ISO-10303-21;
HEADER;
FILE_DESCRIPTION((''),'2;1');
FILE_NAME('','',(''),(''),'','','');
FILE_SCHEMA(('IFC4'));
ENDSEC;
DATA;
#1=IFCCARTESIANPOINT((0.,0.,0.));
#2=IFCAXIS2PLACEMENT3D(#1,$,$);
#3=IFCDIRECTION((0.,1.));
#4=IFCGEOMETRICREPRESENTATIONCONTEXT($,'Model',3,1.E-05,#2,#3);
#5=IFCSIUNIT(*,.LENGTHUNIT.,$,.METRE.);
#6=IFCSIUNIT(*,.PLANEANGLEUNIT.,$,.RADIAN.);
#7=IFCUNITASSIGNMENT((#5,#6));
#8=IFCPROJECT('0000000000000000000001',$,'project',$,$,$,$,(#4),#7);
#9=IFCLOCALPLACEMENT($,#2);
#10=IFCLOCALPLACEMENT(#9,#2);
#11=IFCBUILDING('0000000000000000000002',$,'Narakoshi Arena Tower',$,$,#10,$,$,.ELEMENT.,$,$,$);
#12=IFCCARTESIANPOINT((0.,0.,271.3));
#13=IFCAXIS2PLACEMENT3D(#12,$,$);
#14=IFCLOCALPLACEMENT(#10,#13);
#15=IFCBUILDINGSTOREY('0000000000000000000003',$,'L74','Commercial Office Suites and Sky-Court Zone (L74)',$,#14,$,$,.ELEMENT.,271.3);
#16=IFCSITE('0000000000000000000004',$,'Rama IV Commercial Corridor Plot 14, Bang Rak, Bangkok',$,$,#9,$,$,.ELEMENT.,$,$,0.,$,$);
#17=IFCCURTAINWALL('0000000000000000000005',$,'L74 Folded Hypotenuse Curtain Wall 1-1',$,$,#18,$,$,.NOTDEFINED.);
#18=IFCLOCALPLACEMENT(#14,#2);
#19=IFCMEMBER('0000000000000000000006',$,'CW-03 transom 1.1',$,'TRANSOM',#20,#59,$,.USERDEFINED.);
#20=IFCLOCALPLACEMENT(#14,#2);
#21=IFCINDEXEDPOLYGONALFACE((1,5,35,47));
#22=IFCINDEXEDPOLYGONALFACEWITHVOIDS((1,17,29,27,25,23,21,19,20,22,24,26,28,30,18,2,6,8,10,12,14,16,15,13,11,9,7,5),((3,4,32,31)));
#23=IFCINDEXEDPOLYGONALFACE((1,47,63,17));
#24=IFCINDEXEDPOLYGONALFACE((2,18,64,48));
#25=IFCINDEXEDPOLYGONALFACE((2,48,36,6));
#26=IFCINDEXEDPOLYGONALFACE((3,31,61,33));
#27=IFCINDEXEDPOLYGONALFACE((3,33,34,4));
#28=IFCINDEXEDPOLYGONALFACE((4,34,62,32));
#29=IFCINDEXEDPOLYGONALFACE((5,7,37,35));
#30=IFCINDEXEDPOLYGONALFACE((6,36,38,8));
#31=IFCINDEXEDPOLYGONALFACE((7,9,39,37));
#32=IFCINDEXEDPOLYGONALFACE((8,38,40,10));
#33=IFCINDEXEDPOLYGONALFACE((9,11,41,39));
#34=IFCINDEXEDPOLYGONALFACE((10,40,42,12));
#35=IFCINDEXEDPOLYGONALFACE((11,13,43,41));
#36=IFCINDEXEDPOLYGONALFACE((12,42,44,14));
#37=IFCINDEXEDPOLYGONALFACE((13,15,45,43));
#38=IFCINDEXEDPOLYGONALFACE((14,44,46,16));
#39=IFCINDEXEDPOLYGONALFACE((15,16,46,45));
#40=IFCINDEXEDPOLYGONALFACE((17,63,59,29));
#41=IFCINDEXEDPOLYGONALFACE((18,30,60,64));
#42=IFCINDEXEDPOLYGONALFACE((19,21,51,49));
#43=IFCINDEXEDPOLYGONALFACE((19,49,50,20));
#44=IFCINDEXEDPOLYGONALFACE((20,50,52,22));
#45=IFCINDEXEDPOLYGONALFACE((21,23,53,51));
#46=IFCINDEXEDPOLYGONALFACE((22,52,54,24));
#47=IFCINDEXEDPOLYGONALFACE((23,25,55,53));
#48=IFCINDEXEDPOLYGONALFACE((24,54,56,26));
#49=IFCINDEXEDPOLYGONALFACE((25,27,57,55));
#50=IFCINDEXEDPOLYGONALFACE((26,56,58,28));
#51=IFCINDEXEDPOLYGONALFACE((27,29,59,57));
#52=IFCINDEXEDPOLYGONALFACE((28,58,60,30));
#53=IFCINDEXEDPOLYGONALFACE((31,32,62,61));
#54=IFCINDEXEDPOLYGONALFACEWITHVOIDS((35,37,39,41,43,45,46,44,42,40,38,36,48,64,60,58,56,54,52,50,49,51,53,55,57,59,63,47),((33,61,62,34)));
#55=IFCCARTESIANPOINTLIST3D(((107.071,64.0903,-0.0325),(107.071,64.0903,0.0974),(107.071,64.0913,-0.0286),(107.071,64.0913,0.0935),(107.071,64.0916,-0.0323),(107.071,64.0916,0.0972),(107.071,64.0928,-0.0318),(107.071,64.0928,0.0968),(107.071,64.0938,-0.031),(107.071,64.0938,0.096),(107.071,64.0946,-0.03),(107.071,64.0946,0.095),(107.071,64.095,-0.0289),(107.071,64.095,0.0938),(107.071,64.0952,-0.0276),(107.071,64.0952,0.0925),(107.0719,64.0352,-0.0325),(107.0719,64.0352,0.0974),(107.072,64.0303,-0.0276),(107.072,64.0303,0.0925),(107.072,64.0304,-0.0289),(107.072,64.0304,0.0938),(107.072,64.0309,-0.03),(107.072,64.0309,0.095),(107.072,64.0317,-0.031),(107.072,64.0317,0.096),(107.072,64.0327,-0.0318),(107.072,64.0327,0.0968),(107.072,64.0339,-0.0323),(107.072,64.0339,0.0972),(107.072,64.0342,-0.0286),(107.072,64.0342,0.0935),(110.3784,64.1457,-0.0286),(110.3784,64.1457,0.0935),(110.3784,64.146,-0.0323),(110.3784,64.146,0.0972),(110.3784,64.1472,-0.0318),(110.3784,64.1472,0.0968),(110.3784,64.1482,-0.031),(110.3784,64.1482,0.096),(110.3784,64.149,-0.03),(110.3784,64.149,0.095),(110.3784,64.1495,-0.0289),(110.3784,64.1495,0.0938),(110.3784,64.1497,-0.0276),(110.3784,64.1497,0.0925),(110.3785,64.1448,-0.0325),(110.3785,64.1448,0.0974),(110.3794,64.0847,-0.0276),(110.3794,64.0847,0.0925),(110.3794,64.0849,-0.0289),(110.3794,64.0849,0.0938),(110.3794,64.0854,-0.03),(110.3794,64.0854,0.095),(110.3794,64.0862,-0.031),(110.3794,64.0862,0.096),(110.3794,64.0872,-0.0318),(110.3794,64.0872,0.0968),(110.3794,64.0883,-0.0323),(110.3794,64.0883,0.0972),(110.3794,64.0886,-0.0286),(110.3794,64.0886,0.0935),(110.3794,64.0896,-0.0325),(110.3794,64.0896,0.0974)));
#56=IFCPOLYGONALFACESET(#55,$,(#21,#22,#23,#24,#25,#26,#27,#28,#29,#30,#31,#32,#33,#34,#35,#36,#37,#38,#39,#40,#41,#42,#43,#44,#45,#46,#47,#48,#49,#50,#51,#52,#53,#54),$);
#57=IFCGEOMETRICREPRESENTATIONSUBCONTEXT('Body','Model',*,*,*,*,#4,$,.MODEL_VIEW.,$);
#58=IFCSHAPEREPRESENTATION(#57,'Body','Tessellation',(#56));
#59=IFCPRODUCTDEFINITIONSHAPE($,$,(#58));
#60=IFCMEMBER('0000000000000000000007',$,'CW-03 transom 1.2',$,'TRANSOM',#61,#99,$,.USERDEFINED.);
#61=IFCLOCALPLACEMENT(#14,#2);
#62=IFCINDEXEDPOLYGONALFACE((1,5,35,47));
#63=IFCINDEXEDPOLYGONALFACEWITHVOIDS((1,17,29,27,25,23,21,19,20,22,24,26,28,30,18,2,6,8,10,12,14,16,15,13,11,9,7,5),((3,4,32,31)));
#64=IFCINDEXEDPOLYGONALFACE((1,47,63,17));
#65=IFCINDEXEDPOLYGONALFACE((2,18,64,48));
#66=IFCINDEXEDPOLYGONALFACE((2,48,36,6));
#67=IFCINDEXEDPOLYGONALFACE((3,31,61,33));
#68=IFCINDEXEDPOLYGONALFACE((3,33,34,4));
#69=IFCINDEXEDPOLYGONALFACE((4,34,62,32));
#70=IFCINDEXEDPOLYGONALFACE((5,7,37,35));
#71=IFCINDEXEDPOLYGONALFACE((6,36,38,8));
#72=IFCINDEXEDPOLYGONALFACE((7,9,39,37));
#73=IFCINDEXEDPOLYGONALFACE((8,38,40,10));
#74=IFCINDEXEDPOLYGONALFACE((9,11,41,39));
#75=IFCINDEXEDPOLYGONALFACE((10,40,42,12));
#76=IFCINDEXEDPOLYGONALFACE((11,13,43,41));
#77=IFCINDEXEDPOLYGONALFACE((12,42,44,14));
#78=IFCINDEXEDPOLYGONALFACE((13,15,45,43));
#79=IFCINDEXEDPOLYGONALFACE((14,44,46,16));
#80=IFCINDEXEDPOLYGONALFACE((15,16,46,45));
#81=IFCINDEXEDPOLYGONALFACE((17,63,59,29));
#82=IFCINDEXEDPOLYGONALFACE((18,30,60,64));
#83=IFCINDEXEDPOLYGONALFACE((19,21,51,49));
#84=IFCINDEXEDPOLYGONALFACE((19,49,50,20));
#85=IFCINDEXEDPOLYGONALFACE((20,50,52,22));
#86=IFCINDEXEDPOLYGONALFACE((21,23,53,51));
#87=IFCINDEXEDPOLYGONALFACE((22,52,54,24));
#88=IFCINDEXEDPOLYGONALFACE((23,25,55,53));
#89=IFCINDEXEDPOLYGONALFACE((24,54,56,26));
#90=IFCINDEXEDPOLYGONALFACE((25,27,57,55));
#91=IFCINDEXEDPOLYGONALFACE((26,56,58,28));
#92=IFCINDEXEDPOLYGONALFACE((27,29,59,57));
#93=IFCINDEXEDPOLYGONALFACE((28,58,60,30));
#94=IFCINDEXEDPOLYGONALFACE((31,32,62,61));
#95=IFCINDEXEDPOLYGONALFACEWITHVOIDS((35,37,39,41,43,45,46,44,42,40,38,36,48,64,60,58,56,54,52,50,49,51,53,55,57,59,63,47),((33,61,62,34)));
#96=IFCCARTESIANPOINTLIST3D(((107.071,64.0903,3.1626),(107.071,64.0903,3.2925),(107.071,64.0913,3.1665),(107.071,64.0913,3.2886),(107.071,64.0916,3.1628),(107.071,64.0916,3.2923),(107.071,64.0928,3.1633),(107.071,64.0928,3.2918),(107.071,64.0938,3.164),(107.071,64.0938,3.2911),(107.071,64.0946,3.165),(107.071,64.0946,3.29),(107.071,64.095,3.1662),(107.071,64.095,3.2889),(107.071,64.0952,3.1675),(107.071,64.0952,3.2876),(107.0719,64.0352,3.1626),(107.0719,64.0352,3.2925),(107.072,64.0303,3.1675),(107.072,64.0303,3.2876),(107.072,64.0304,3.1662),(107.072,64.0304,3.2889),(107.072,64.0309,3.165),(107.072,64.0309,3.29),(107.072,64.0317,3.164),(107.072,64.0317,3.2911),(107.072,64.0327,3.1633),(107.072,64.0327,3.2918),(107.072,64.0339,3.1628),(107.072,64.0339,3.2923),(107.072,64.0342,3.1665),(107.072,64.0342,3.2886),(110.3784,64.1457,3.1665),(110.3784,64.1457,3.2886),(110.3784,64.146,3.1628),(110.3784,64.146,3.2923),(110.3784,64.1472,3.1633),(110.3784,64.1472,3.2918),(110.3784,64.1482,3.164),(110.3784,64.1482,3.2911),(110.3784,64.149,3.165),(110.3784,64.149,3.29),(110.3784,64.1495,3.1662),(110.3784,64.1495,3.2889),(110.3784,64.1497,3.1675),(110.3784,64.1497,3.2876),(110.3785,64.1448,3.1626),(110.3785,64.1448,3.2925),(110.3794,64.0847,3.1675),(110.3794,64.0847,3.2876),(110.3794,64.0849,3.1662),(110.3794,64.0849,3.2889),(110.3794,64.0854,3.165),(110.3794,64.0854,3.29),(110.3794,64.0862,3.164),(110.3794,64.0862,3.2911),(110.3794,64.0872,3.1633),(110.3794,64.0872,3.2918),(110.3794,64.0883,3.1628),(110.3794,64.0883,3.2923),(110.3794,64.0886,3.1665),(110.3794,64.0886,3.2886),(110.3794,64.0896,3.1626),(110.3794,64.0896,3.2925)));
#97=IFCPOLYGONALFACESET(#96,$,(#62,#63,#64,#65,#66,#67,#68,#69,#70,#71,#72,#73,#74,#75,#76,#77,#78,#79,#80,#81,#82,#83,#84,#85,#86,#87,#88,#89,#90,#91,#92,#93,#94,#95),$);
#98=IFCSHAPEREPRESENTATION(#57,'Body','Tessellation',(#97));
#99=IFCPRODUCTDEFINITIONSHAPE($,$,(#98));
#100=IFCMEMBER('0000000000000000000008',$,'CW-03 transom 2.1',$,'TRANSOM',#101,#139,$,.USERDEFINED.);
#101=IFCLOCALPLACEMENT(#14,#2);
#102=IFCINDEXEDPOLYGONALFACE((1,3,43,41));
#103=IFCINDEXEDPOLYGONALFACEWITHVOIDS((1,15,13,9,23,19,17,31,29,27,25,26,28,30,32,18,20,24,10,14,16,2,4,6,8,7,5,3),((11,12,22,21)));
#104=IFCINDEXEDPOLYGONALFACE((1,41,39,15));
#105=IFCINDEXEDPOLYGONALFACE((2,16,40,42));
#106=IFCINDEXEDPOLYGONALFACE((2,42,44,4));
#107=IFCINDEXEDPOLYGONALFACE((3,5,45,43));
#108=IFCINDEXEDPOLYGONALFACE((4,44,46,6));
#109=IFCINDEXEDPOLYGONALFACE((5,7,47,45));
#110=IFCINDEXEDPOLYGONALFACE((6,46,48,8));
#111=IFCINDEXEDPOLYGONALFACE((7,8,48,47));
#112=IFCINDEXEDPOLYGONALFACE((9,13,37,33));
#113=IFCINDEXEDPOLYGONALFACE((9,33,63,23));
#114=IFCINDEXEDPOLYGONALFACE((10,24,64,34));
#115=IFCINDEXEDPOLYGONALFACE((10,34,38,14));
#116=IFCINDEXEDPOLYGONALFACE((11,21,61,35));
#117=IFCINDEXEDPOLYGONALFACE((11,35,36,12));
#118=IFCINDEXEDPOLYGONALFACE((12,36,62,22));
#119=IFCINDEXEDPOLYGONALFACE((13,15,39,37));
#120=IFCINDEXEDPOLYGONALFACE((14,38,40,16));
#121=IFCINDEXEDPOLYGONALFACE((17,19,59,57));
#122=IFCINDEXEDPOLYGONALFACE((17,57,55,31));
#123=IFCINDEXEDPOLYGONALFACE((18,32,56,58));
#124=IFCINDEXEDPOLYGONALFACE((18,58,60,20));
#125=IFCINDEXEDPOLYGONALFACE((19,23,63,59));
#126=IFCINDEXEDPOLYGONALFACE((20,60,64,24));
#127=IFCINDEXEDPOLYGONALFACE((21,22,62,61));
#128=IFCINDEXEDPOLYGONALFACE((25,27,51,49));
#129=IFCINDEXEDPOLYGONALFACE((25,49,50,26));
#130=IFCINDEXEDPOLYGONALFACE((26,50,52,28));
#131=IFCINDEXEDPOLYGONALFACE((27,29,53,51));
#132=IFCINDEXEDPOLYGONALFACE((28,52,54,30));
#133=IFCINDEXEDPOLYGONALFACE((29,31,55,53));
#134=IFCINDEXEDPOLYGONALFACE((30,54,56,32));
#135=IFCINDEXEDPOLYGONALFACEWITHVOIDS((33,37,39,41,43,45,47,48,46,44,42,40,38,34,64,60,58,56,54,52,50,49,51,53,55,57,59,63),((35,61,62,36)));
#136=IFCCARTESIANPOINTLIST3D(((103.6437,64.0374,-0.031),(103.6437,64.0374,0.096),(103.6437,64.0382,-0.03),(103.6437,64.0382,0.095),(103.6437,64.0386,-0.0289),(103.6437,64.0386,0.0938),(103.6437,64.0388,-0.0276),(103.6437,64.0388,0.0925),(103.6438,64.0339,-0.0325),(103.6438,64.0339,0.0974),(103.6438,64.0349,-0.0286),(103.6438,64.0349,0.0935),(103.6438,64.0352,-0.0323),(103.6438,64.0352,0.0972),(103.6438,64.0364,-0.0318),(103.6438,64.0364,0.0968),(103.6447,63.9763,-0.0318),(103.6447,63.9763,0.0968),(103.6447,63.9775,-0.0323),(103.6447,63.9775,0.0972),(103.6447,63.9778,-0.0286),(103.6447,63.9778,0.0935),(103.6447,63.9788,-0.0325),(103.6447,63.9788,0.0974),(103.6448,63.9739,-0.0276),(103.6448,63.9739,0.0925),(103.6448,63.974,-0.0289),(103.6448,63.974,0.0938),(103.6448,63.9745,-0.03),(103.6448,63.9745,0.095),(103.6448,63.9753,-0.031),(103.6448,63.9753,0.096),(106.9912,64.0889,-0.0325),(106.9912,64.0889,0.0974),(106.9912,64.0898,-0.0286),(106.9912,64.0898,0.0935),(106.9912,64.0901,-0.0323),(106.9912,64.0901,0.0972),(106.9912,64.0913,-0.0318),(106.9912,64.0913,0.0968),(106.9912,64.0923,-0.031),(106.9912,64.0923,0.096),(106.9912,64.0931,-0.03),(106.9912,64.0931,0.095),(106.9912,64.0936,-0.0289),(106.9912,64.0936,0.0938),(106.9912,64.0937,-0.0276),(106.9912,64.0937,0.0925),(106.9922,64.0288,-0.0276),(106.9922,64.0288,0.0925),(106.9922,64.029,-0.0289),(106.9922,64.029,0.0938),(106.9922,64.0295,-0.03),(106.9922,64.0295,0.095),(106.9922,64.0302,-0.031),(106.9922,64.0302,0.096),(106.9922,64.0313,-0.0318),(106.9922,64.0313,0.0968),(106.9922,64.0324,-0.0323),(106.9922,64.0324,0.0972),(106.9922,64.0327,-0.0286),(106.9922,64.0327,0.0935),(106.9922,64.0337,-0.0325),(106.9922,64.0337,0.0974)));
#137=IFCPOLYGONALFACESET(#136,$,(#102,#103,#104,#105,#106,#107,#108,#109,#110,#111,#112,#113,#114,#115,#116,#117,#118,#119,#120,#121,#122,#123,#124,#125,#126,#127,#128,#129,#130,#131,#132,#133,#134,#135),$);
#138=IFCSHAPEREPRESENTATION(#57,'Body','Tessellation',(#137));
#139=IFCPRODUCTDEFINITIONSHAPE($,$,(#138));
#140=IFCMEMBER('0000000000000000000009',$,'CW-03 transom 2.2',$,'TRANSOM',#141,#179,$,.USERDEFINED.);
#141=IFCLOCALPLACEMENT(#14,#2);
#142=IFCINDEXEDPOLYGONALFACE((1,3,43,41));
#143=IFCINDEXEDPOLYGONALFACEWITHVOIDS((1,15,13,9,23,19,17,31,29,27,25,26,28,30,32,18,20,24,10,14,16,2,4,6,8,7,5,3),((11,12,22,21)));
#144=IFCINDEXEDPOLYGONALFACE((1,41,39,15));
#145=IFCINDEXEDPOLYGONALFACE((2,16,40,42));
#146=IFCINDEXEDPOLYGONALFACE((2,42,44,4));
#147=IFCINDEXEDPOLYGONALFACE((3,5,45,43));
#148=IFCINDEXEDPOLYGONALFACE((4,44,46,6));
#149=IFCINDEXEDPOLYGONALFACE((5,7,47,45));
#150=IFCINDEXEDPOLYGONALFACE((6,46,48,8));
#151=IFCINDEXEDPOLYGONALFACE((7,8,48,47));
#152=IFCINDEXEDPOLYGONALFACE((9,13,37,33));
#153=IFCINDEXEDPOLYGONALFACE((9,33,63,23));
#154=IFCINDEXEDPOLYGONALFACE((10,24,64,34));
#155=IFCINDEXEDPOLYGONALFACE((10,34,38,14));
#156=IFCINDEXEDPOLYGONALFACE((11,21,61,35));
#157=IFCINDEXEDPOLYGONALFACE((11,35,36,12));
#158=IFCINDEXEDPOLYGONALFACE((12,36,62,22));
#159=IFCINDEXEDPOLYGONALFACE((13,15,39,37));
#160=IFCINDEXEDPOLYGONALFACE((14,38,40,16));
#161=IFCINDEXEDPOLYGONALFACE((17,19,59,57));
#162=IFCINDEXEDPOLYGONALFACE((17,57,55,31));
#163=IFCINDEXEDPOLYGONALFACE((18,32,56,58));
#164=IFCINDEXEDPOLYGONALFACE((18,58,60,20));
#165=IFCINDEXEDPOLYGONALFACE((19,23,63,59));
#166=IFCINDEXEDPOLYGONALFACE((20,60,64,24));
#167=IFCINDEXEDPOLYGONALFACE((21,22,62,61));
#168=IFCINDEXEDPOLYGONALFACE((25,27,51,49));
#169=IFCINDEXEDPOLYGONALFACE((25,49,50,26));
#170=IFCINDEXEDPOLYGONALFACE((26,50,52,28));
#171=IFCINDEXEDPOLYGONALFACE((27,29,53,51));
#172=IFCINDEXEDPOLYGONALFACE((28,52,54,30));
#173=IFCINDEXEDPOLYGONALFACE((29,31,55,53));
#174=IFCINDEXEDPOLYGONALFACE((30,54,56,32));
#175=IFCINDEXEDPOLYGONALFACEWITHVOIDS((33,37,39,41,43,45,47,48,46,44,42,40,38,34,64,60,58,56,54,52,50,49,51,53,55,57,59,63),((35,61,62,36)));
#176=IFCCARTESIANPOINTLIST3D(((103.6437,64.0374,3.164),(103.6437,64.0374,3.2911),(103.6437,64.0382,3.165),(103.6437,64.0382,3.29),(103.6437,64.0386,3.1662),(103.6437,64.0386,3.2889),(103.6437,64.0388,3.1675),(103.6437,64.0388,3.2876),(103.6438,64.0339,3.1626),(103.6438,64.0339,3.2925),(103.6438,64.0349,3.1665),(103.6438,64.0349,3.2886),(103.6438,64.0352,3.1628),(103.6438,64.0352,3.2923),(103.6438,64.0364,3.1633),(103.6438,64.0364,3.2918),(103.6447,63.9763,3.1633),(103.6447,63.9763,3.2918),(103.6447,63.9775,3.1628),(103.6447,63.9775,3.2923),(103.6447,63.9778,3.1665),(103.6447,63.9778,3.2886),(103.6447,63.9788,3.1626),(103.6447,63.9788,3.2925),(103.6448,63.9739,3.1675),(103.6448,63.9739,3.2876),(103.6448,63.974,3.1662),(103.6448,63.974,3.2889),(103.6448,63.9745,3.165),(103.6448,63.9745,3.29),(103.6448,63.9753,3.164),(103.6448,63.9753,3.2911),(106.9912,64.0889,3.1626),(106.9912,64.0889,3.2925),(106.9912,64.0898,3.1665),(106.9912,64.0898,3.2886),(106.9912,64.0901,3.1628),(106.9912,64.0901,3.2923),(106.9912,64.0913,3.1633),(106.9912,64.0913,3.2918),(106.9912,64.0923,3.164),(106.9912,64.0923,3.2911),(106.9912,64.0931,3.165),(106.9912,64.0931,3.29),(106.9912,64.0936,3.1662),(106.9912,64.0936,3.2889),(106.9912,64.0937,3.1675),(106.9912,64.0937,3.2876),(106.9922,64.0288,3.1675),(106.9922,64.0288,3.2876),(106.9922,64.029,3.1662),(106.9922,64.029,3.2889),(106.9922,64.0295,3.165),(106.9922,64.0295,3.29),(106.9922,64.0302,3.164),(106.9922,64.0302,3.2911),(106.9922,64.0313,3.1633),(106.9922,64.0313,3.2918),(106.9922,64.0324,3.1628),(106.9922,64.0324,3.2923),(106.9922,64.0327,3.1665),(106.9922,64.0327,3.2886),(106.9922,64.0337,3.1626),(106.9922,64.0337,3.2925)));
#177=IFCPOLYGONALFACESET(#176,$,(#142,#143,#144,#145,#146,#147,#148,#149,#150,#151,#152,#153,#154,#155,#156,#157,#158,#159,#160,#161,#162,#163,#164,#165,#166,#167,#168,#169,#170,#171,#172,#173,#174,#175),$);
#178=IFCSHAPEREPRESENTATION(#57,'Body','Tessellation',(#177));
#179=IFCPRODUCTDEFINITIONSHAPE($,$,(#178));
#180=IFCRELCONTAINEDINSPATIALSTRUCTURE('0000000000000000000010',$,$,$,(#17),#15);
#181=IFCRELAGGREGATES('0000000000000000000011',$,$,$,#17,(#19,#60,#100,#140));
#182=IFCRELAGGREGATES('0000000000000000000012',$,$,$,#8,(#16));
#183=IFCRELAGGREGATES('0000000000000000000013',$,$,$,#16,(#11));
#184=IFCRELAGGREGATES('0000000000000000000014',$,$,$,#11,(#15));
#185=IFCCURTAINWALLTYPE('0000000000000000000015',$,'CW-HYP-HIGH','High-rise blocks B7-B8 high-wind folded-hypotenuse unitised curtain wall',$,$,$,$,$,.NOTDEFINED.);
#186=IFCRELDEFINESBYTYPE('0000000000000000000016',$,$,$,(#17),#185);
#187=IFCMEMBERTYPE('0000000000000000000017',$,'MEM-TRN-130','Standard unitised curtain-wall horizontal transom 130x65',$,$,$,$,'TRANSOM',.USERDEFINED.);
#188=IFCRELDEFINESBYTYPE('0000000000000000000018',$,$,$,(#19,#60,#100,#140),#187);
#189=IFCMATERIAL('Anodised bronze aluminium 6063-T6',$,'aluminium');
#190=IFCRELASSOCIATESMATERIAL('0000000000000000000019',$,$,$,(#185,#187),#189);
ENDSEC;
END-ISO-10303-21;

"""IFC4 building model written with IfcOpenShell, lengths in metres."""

from ifc_helpers import new_model, si_unit, direction, frame, origin, origin_2d, place, context, subcontext, project, spatial, hollow_rectangle, extrude, material, material_profile, profile_set, type_object, element, aggregate, save


model = new_model("IFC4")

# Units and contexts
model_context = context("Model", 3, precision=1e-05, world=origin(), true_north=direction((0.0, 1.0)))
body_context = subcontext(model_context, "Body", "Model", "MODEL_VIEW")
ifc_project = project(units=[si_unit("LENGTHUNIT", "METRE"), si_unit("PLANEANGLEUNIT", "RADIAN")], contexts=[model_context])

# Site, building, storey
site_placement = place(None, origin())
site = spatial("IfcSite", under=ifc_project, at=site_placement, Name="Rama IV Commercial Corridor Plot 14, Bang Rak, Bangkok", CompositionType="ELEMENT", RefElevation=0.0)
building_placement = place(site_placement, origin())
building = spatial("IfcBuilding", under=site, at=building_placement, Name="Narakoshi Arena Tower", CompositionType="ELEMENT")
storey_placement = place(building_placement, frame((0.0, 0.0, 271.3)))
storey = spatial("IfcBuildingStorey", under=building, at=storey_placement, Name="L74", Description="Commercial Office Suites and Sky-Court Zone (L74)", CompositionType="ELEMENT", Elevation=271.3)

# Curtain wall, members
ifc_material_1 = material(Name="Anodised bronze aluminium 6063-T6", Category="aluminium")
curtain_wall_type = type_object("IfcCurtainWallType", Name="CW-HYP-HIGH", Description="High-rise blocks B7-B8 high-wind folded-hypotenuse unitised curtain wall", PredefinedType="NOTDEFINED", material=ifc_material_1)
curtain_wall_placement = place(storey_placement, origin())
curtain_wall = element("IfcCurtainWall", 1, at=curtain_wall_placement, inside=storey, type_object=curtain_wall_type, Name="L74 Folded Hypotenuse Curtain Wall 1-1", PredefinedType="NOTDEFINED")
ifc_material_profile_1 = material_profile(ifc_material_1, hollow_rectangle(XDim=0.0649, YDim=0.1299, WallThickness=0.0039, OuterFilletRadius=0.0049, at=origin_2d()), Name="TRN130x65x4")
ifc_profile_set_1 = profile_set([ifc_material_profile_1], Name="Anodised bronze aluminium 6063-T6")
member_type_1 = type_object("IfcMemberType", Name="MEM-TRN-130", Description="Standard unitised curtain-wall horizontal transom 130x65", ElementType="TRANSOM", PredefinedType="USERDEFINED", material=ifc_profile_set_1)
member_1_placement = place(storey_placement, frame((110.3789, 64.1172, 0.0325), z_axis=(-0.999865, -0.016459, 0.0), x_axis=(0.016459, -0.999865, 0.0)))
member_1 = element("IfcMember", 2, at=member_1_placement, type_object=member_type_1, Name="CW-03 transom 1.1", ObjectType="TRANSOM", PredefinedType="USERDEFINED", context=body_context, shape_type="SweptSolid", body=[
    extrude(hollow_rectangle(XDim=0.0649, YDim=0.1299, WallThickness=0.0039, OuterFilletRadius=0.0049, at=origin_2d()), origin(), (0.0, 0.0, 1.0), 3.3079),
])
member_2_placement = place(storey_placement, frame((110.3789, 64.1172, 3.2275), z_axis=(-0.999865, -0.016459, 0.0), x_axis=(0.016459, -0.999865, 0.0)))
member_2 = element("IfcMember", 3, at=member_2_placement, type_object=member_type_1, Name="CW-03 transom 1.2", ObjectType="TRANSOM", PredefinedType="USERDEFINED", context=body_context, shape_type="SweptSolid", body=[
    extrude(hollow_rectangle(XDim=0.0649, YDim=0.1299, WallThickness=0.0039, OuterFilletRadius=0.0049, at=origin_2d()), origin(), (0.0, 0.0, 1.0), 3.3079),
])
member_3_placement = place(storey_placement, frame((106.9917, 64.0613, 0.0325), z_axis=(-0.999865, -0.016408, 0.0), x_axis=(0.016408, -0.999865, 0.0)))
member_3 = element("IfcMember", 4, at=member_3_placement, type_object=member_type_1, Name="CW-03 transom 2.1", ObjectType="TRANSOM", PredefinedType="USERDEFINED", context=body_context, shape_type="SweptSolid", body=[
    extrude(hollow_rectangle(XDim=0.0649, YDim=0.1299, WallThickness=0.0039, OuterFilletRadius=0.0049, at=origin_2d()), origin(), (0.0, 0.0, 1.0), 3.3479),
])
member_4_placement = place(storey_placement, frame((106.9917, 64.0613, 3.2275), z_axis=(-0.999865, -0.016408, 0.0), x_axis=(0.016408, -0.999865, 0.0)))
member_4 = element("IfcMember", 5, at=member_4_placement, type_object=member_type_1, Name="CW-03 transom 2.2", ObjectType="TRANSOM", PredefinedType="USERDEFINED", context=body_context, shape_type="SweptSolid", body=[
    extrude(hollow_rectangle(XDim=0.0649, YDim=0.1299, WallThickness=0.0039, OuterFilletRadius=0.0049, at=origin_2d()), origin(), (0.0, 0.0, 1.0), 3.3479),
])
aggregate(curtain_wall, [member_1, member_2, member_3, member_4])

save(model, "model.ifc")
